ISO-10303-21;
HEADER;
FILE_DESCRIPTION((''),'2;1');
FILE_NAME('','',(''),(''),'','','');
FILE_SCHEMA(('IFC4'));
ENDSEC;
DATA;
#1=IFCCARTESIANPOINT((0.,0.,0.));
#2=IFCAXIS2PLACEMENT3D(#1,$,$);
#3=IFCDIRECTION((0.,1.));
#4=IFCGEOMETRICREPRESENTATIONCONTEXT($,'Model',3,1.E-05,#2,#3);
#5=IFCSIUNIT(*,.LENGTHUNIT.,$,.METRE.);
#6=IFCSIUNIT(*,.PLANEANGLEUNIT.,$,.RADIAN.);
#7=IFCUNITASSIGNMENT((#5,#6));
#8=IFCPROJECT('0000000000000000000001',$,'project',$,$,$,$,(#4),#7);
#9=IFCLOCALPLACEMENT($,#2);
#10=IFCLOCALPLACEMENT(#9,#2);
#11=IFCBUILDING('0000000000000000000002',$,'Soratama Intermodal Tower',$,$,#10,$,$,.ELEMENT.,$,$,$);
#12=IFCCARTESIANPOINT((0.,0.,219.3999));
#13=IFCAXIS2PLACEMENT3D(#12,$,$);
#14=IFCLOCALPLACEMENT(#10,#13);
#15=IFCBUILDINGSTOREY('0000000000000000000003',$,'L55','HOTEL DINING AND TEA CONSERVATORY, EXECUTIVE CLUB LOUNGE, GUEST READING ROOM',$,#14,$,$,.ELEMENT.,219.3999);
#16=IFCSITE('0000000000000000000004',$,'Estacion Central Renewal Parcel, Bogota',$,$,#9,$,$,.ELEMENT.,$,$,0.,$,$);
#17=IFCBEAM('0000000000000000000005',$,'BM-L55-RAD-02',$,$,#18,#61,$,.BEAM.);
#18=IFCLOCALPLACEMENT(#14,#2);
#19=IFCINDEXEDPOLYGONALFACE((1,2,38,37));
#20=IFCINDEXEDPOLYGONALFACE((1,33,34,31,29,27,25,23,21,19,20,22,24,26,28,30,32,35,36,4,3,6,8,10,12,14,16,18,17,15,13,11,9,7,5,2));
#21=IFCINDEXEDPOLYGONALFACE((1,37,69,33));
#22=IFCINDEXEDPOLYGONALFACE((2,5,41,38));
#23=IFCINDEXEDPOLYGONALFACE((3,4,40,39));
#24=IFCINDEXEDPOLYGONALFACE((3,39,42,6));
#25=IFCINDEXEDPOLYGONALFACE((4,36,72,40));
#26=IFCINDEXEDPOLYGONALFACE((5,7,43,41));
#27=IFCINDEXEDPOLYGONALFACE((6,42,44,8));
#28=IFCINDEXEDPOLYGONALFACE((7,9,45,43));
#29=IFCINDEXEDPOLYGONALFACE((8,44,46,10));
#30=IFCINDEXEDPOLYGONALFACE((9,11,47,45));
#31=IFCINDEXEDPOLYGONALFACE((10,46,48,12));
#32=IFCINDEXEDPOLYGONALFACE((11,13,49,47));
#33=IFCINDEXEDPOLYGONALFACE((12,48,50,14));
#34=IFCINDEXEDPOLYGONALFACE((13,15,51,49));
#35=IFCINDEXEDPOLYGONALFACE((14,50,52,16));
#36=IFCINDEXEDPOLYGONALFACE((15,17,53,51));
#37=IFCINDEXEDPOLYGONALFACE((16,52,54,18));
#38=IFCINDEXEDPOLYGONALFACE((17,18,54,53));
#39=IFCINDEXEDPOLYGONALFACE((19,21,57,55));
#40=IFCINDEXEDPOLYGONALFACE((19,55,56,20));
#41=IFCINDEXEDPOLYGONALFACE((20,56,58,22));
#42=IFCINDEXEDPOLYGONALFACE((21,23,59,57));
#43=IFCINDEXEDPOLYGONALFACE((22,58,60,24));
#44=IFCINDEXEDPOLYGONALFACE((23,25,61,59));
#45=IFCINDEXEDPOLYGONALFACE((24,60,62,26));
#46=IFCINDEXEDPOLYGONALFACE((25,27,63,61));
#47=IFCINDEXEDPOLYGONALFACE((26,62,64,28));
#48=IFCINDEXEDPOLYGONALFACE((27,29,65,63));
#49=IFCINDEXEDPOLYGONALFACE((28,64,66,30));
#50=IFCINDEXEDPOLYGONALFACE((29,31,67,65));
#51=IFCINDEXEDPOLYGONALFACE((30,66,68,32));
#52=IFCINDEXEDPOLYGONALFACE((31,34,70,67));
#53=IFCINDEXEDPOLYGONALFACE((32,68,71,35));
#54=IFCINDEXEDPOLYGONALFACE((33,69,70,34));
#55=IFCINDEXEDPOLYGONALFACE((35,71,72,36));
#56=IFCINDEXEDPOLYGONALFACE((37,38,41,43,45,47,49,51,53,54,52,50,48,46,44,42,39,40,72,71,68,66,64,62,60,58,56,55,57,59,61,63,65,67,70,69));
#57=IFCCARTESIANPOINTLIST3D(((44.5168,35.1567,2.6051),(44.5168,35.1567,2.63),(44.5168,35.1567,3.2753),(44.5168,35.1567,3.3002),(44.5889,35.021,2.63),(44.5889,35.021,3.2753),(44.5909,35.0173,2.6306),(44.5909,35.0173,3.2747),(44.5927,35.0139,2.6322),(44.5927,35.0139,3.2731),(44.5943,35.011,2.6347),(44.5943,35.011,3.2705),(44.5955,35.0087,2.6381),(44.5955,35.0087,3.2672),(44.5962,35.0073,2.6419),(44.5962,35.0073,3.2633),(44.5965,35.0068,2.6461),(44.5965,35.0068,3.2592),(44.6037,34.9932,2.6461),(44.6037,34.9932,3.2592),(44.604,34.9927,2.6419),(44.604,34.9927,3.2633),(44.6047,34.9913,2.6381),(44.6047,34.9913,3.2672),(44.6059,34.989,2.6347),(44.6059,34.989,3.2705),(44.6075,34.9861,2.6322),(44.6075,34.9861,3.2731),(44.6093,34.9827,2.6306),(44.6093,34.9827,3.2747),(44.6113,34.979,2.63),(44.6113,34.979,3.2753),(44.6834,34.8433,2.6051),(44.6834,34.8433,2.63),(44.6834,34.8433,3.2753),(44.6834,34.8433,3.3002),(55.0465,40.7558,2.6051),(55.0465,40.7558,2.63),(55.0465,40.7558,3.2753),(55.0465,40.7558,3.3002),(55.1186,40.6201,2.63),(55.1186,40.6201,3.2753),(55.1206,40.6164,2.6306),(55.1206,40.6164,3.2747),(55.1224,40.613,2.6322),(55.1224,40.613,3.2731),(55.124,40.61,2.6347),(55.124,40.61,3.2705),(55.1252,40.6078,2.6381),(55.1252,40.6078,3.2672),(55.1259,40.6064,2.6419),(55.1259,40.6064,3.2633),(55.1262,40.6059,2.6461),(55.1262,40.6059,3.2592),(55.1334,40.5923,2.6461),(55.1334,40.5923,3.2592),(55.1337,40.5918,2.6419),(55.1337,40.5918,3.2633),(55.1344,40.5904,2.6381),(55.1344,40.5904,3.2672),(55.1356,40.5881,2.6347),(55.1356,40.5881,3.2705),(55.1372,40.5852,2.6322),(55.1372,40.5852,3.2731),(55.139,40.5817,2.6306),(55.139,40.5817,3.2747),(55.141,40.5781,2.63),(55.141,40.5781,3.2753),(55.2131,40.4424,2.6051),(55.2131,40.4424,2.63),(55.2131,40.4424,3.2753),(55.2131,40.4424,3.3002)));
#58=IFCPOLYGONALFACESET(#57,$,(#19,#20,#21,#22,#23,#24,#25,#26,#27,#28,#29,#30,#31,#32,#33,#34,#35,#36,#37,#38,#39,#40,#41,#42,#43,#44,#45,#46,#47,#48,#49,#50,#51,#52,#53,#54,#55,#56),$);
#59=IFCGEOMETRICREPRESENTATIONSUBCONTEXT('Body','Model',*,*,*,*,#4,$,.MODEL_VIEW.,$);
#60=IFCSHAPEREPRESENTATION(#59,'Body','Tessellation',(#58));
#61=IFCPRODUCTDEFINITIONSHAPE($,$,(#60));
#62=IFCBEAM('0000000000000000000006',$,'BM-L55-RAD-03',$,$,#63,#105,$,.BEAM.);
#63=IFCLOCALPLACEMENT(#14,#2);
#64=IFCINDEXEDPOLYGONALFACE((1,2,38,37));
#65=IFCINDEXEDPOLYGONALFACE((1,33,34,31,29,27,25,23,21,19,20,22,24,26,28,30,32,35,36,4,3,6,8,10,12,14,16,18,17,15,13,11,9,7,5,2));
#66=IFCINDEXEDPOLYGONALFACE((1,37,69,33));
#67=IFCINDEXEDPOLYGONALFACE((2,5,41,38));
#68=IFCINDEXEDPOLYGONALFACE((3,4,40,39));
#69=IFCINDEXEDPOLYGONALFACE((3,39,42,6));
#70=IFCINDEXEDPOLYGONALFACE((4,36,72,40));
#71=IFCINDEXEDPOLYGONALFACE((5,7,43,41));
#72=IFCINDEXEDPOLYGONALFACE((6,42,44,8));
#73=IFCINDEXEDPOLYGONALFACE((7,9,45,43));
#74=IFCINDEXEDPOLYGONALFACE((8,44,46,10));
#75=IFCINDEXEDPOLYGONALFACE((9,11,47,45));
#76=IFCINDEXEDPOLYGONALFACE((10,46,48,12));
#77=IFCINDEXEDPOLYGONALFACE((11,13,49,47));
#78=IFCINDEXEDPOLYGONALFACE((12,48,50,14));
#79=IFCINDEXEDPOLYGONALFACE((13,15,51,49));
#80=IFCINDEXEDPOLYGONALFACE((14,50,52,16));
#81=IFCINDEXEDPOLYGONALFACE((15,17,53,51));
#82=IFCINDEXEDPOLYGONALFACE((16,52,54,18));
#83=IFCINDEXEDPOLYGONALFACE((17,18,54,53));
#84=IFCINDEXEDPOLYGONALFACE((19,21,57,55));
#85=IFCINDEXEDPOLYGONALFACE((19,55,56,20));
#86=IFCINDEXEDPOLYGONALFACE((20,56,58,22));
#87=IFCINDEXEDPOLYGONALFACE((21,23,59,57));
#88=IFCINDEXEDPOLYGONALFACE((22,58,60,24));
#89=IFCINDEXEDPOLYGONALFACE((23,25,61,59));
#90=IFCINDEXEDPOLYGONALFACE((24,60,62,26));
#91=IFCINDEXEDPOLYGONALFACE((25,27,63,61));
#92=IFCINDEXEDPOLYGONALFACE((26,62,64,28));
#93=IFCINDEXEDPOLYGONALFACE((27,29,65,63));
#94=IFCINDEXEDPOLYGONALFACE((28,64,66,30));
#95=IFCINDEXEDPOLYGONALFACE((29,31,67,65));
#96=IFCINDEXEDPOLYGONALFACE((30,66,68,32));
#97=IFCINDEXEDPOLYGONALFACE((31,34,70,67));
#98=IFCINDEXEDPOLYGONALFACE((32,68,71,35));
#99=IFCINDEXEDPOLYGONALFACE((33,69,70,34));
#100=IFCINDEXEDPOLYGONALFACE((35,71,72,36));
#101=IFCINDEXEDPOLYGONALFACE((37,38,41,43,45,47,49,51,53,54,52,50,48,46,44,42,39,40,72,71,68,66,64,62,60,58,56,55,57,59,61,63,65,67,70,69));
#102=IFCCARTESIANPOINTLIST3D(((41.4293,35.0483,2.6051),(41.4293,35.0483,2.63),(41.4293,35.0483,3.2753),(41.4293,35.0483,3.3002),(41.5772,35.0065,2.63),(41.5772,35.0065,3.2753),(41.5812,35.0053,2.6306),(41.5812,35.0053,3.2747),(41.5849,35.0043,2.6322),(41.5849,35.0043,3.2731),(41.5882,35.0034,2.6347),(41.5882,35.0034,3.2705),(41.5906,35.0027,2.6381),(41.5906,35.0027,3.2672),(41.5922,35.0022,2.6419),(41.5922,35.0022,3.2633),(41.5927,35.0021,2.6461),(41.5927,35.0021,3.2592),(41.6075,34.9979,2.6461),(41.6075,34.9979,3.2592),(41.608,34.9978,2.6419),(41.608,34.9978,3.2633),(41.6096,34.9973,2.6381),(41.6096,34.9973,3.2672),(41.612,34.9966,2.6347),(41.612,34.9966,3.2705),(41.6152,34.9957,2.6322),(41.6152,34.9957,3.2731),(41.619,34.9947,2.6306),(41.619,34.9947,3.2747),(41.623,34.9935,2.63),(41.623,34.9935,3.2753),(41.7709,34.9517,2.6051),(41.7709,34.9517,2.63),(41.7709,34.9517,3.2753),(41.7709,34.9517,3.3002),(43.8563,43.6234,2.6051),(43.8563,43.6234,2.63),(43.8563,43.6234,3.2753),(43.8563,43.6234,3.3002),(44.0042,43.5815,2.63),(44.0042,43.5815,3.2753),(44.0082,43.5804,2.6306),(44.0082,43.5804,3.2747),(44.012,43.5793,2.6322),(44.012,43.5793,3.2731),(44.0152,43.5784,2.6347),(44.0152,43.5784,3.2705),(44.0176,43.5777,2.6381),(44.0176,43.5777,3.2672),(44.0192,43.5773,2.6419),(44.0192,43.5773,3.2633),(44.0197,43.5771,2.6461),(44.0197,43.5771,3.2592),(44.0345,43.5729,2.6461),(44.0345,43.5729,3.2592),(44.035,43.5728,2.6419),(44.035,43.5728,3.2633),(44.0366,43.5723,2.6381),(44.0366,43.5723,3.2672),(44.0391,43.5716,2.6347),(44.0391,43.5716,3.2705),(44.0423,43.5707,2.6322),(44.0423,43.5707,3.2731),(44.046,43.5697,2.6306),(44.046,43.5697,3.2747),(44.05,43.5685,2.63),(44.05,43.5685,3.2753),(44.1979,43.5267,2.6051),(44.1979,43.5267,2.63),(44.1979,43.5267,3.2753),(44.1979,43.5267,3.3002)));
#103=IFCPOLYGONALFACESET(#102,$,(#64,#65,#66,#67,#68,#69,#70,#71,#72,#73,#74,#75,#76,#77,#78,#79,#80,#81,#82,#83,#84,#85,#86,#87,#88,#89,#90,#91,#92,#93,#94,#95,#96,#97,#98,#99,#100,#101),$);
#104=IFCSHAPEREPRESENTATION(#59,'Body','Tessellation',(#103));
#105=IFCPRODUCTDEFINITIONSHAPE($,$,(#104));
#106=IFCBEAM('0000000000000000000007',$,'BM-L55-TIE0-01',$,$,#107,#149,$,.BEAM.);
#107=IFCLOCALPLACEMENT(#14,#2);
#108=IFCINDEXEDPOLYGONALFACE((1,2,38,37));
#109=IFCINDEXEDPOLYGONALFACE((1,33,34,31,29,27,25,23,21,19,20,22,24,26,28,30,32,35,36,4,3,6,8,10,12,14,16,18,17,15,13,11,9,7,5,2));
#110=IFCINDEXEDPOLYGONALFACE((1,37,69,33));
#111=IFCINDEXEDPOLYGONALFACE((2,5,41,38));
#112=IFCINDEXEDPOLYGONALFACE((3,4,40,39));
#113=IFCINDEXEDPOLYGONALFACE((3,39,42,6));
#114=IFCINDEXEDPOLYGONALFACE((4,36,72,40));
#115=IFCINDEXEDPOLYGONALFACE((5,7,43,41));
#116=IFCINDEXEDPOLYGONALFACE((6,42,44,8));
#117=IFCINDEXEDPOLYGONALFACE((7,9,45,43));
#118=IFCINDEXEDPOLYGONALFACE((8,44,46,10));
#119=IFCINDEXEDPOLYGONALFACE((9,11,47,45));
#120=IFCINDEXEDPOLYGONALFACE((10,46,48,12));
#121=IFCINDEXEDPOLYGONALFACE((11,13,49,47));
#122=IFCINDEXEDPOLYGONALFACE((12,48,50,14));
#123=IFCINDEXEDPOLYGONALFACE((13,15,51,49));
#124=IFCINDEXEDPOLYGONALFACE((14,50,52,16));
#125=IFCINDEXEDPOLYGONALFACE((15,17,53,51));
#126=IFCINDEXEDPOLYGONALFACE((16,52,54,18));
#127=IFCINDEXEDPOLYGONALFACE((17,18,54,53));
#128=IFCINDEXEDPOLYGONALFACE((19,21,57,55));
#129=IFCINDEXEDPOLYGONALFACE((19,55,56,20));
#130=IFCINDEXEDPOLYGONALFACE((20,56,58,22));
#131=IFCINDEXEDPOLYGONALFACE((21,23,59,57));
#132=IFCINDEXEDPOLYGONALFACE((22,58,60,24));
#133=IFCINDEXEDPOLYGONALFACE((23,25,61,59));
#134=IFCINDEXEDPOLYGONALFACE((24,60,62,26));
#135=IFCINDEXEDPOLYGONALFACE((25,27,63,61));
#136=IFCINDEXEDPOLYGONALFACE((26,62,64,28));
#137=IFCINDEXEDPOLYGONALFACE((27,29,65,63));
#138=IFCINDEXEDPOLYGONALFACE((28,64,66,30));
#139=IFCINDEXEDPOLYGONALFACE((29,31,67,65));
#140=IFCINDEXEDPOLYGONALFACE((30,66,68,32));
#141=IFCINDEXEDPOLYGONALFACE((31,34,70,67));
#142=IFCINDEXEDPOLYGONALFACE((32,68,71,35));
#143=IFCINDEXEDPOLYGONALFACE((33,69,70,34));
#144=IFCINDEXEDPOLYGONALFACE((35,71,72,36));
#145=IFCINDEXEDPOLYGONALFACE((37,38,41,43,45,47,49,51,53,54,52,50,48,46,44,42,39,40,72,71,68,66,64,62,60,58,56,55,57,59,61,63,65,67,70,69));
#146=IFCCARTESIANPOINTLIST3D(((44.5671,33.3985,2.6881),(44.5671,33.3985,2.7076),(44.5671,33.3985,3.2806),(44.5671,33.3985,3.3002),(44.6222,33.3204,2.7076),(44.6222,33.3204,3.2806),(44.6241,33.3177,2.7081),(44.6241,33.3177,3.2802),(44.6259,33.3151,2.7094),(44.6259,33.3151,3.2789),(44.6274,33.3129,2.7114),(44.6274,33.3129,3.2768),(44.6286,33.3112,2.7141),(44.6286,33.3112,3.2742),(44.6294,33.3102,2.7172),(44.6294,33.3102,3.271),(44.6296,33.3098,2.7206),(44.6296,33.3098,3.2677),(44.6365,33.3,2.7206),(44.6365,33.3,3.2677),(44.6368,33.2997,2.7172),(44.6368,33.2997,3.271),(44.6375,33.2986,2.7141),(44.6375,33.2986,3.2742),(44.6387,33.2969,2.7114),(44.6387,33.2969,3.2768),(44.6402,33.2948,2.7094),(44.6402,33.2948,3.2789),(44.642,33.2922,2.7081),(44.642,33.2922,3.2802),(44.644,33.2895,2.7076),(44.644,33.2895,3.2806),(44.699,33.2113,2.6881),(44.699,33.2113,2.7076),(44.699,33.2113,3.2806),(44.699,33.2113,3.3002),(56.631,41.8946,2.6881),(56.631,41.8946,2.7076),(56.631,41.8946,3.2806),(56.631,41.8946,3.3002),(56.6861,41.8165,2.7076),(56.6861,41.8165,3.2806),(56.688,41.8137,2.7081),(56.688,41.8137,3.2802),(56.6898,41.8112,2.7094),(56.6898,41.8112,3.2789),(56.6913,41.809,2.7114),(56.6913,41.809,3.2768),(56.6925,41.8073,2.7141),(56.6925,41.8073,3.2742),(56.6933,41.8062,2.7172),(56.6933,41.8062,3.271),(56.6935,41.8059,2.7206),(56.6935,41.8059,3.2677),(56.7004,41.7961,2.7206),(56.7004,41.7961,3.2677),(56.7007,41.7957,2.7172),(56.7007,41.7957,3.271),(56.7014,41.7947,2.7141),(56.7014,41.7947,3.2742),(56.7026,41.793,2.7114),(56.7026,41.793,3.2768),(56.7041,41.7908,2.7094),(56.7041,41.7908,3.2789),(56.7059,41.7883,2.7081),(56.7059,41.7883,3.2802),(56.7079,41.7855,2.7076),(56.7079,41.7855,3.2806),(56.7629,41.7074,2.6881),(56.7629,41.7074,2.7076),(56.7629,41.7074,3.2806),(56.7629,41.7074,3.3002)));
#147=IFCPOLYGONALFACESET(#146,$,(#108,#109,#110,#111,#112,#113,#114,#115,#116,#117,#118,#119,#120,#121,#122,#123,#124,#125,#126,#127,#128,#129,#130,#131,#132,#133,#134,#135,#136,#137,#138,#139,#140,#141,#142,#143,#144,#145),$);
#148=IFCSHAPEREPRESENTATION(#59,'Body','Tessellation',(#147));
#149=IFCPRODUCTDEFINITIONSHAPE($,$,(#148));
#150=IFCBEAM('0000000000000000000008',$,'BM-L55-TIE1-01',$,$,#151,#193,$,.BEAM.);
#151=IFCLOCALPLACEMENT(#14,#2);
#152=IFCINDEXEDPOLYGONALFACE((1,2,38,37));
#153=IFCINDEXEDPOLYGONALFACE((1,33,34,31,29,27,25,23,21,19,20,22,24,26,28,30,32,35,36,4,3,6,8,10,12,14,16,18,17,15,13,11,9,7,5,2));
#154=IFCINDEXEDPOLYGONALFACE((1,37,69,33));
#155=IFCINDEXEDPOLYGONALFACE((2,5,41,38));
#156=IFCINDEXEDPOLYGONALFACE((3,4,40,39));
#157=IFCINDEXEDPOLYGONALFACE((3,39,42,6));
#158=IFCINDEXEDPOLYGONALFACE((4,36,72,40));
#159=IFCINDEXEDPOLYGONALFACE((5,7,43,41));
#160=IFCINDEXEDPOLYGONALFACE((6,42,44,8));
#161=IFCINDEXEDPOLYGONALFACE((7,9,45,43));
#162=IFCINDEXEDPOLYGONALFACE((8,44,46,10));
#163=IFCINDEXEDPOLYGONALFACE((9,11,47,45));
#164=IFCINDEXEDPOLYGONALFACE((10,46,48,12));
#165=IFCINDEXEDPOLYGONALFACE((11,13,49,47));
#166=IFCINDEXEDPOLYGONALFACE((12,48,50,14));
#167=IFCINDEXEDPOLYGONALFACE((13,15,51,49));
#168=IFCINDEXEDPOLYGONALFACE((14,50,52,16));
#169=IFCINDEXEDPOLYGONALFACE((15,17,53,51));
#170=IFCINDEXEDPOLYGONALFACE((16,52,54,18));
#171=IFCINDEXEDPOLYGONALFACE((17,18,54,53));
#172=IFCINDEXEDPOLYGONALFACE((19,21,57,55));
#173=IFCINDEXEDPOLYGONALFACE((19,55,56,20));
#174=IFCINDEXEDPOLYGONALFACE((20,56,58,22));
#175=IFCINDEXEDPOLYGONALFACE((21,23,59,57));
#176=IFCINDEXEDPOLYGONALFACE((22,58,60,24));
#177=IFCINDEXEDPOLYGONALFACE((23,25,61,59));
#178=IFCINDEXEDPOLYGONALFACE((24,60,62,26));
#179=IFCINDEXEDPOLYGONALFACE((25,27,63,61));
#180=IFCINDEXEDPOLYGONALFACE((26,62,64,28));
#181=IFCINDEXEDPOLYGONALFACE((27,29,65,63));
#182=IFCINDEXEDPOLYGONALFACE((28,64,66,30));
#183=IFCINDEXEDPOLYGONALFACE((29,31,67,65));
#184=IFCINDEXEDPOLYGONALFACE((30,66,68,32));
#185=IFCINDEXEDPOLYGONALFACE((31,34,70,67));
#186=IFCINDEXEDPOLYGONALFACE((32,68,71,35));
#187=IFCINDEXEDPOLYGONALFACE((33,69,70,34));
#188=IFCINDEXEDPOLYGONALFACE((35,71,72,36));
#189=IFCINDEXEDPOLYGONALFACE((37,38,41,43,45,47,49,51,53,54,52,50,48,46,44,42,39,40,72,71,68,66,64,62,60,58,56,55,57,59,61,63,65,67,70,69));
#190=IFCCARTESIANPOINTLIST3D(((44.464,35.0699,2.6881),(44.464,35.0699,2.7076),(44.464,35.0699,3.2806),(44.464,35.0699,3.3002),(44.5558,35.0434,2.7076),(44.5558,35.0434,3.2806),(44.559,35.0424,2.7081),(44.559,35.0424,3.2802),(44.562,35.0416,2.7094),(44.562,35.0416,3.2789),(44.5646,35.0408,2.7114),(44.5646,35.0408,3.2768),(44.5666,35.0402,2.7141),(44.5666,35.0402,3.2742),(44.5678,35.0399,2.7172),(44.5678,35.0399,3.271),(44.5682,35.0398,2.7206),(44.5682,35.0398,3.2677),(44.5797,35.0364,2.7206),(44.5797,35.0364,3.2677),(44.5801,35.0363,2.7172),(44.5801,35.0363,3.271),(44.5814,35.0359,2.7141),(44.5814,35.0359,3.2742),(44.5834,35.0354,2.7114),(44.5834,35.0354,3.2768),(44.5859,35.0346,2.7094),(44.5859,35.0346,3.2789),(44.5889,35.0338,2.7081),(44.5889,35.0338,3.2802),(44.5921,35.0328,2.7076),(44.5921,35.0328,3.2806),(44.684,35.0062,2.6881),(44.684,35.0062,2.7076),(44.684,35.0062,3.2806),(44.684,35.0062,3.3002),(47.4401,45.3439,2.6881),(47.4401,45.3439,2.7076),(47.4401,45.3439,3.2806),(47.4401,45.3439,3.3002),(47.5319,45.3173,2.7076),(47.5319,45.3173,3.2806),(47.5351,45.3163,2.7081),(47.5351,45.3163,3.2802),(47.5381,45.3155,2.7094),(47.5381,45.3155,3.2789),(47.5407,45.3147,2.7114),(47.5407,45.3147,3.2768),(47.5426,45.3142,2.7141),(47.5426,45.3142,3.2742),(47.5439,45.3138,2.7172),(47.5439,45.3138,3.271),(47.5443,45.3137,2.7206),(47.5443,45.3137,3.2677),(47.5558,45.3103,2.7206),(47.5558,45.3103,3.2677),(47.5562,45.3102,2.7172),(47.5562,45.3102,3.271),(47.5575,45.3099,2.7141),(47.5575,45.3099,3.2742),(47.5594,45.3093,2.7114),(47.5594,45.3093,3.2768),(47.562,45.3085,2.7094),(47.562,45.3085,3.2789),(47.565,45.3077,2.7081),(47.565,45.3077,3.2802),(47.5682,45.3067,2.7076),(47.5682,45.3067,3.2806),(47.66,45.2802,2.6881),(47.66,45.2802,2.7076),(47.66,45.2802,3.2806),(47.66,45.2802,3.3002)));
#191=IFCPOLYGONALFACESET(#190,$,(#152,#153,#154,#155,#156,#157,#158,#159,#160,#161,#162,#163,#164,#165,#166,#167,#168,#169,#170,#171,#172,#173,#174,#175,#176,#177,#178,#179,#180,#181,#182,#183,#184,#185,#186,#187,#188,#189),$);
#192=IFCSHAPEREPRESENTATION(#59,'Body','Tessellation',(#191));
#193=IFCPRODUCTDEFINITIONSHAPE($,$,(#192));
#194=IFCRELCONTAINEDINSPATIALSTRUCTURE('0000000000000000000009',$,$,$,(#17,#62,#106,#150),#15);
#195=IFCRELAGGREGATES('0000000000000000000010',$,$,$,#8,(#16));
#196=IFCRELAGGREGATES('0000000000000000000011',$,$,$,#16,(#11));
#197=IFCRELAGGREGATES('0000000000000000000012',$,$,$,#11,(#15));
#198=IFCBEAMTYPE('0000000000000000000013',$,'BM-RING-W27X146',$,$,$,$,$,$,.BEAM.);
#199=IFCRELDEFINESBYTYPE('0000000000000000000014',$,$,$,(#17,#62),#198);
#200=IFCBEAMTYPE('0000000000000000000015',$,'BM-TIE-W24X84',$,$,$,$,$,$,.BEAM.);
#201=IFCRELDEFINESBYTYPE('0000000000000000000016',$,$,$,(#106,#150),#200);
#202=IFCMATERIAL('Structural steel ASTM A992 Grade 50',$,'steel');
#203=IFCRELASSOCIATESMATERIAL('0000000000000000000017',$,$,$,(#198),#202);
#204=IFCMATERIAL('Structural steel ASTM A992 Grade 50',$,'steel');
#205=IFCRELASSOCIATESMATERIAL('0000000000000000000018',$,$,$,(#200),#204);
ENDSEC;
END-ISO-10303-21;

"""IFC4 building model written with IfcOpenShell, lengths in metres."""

from ifc_helpers import new_model, si_unit, direction, frame, origin, origin_2d, place, context, subcontext, project, spatial, i_section, extrude, material, material_profile, profile_set, type_object, element, save


model = new_model("IFC4")

# Units and contexts
model_context = context("Model", 3, precision=1e-05, world=origin(), true_north=direction((0.0, 1.0)))
body_context = subcontext(model_context, "Body", "Model", "MODEL_VIEW")
ifc_project = project(units=[si_unit("LENGTHUNIT", "METRE"), si_unit("PLANEANGLEUNIT", "RADIAN")], contexts=[model_context])

# Site, building, storey
site_placement = place(None, origin())
site = spatial("IfcSite", under=ifc_project, at=site_placement, Name="Estacion Central Renewal Parcel, Bogota", CompositionType="ELEMENT", RefElevation=0.0)
building_placement = place(site_placement, origin())
building = spatial("IfcBuilding", under=site, at=building_placement, Name="Soratama Intermodal Tower", CompositionType="ELEMENT")
storey_placement = place(building_placement, frame((0.0, 0.0, 219.3999)))
storey = spatial("IfcBuildingStorey", under=building, at=storey_placement, Name="L55", Description="HOTEL DINING AND TEA CONSERVATORY, EXECUTIVE CLUB LOUNGE, GUEST READING ROOM", CompositionType="ELEMENT", Elevation=219.3999)

# Beams
ifc_material_1 = material(Name="Structural steel ASTM A992 Grade 50", Category="steel")
ifc_material_profile_1 = material_profile(ifc_material_1, i_section(OverallWidth=0.355, OverallDepth=0.6951, WebThickness=0.0154, FlangeThickness=0.0249, FilletRadius=0.0161, at=origin_2d()), Name="W27X146")
ifc_profile_set_1 = profile_set([ifc_material_profile_1], Name="Structural steel ASTM A992 Grade 50")
beam_type_1 = type_object("IfcBeamType", Name="BM-RING-W27X146", PredefinedType="BEAM", material=ifc_profile_set_1)
beam_1_placement = place(storey_placement, frame((44.6001, 35.0, 2.9526), z_axis=(0.882936, 0.469493, 0.0), x_axis=(-0.469493, 0.882936, 0.0)))
element("IfcBeam", 1, at=beam_1_placement, inside=storey, type_object=beam_type_1, Name="BM-L55-RAD-02", PredefinedType="BEAM", context=body_context, shape_type="SweptSolid", body=[
    extrude(i_section(OverallWidth=0.355, OverallDepth=0.6951, WebThickness=0.0154, FlangeThickness=0.0249, FilletRadius=0.0161, at=origin_2d()), origin(), (0.0, 0.0, 1.0), 11.9258),
])
beam_2_placement = place(storey_placement, frame((41.6001, 35.0, 2.9526), z_axis=(0.272336, 0.962202, 0.0), x_axis=(-0.962202, 0.272336, 0.0)))
element("IfcBeam", 2, at=beam_2_placement, inside=storey, type_object=beam_type_1, Name="BM-L55-RAD-03", PredefinedType="BEAM", context=body_context, shape_type="SweptSolid", body=[
    extrude(i_section(OverallWidth=0.355, OverallDepth=0.6951, WebThickness=0.0154, FlangeThickness=0.0249, FilletRadius=0.0161, at=origin_2d()), origin(), (0.0, 0.0, 1.0), 8.9119),
])
ifc_material_2 = material(Name="Structural steel ASTM A992 Grade 50", Category="steel")
ifc_material_profile_2 = material_profile(ifc_material_2, i_section(OverallWidth=0.229, OverallDepth=0.6121, WebThickness=0.012, FlangeThickness=0.0195, FilletRadius=0.0129, at=origin_2d()), Name="W24X84")
ifc_profile_set_2 = profile_set([ifc_material_profile_2], Name="Structural steel ASTM A992 Grade 50")
beam_type_2 = type_object("IfcBeamType", Name="BM-TIE-W24X84", PredefinedType="BEAM", material=ifc_profile_set_2)
beam_3_placement = place(storey_placement, frame((44.6331, 33.3049, 2.9941), z_axis=(0.817595, 0.575794, 0.0), x_axis=(-0.575794, 0.817595, 0.0)))
element("IfcBeam", 3, at=beam_3_placement, inside=storey, type_object=beam_type_2, Name="BM-L55-TIE0-01", PredefinedType="BEAM", context=body_context, shape_type="SweptSolid", body=[
    extrude(i_section(OverallWidth=0.229, OverallDepth=0.6121, WebThickness=0.012, FlangeThickness=0.0195, FilletRadius=0.0129, at=origin_2d()), origin(), (0.0, 0.0, 1.0), 14.7554),
])
beam_4_placement = place(storey_placement, frame((44.574, 35.0381, 2.9941), z_axis=(0.278234, 0.960513, 0.0), x_axis=(-0.960513, 0.278234, 0.0)))
element("IfcBeam", 4, at=beam_4_placement, inside=storey, type_object=beam_type_2, Name="BM-L55-TIE1-01", PredefinedType="BEAM", context=body_context, shape_type="SweptSolid", body=[
    extrude(i_section(OverallWidth=0.229, OverallDepth=0.6121, WebThickness=0.012, FlangeThickness=0.0195, FilletRadius=0.0129, at=origin_2d()), origin(), (0.0, 0.0, 1.0), 10.6963),
])

save(model, "model.ifc")
